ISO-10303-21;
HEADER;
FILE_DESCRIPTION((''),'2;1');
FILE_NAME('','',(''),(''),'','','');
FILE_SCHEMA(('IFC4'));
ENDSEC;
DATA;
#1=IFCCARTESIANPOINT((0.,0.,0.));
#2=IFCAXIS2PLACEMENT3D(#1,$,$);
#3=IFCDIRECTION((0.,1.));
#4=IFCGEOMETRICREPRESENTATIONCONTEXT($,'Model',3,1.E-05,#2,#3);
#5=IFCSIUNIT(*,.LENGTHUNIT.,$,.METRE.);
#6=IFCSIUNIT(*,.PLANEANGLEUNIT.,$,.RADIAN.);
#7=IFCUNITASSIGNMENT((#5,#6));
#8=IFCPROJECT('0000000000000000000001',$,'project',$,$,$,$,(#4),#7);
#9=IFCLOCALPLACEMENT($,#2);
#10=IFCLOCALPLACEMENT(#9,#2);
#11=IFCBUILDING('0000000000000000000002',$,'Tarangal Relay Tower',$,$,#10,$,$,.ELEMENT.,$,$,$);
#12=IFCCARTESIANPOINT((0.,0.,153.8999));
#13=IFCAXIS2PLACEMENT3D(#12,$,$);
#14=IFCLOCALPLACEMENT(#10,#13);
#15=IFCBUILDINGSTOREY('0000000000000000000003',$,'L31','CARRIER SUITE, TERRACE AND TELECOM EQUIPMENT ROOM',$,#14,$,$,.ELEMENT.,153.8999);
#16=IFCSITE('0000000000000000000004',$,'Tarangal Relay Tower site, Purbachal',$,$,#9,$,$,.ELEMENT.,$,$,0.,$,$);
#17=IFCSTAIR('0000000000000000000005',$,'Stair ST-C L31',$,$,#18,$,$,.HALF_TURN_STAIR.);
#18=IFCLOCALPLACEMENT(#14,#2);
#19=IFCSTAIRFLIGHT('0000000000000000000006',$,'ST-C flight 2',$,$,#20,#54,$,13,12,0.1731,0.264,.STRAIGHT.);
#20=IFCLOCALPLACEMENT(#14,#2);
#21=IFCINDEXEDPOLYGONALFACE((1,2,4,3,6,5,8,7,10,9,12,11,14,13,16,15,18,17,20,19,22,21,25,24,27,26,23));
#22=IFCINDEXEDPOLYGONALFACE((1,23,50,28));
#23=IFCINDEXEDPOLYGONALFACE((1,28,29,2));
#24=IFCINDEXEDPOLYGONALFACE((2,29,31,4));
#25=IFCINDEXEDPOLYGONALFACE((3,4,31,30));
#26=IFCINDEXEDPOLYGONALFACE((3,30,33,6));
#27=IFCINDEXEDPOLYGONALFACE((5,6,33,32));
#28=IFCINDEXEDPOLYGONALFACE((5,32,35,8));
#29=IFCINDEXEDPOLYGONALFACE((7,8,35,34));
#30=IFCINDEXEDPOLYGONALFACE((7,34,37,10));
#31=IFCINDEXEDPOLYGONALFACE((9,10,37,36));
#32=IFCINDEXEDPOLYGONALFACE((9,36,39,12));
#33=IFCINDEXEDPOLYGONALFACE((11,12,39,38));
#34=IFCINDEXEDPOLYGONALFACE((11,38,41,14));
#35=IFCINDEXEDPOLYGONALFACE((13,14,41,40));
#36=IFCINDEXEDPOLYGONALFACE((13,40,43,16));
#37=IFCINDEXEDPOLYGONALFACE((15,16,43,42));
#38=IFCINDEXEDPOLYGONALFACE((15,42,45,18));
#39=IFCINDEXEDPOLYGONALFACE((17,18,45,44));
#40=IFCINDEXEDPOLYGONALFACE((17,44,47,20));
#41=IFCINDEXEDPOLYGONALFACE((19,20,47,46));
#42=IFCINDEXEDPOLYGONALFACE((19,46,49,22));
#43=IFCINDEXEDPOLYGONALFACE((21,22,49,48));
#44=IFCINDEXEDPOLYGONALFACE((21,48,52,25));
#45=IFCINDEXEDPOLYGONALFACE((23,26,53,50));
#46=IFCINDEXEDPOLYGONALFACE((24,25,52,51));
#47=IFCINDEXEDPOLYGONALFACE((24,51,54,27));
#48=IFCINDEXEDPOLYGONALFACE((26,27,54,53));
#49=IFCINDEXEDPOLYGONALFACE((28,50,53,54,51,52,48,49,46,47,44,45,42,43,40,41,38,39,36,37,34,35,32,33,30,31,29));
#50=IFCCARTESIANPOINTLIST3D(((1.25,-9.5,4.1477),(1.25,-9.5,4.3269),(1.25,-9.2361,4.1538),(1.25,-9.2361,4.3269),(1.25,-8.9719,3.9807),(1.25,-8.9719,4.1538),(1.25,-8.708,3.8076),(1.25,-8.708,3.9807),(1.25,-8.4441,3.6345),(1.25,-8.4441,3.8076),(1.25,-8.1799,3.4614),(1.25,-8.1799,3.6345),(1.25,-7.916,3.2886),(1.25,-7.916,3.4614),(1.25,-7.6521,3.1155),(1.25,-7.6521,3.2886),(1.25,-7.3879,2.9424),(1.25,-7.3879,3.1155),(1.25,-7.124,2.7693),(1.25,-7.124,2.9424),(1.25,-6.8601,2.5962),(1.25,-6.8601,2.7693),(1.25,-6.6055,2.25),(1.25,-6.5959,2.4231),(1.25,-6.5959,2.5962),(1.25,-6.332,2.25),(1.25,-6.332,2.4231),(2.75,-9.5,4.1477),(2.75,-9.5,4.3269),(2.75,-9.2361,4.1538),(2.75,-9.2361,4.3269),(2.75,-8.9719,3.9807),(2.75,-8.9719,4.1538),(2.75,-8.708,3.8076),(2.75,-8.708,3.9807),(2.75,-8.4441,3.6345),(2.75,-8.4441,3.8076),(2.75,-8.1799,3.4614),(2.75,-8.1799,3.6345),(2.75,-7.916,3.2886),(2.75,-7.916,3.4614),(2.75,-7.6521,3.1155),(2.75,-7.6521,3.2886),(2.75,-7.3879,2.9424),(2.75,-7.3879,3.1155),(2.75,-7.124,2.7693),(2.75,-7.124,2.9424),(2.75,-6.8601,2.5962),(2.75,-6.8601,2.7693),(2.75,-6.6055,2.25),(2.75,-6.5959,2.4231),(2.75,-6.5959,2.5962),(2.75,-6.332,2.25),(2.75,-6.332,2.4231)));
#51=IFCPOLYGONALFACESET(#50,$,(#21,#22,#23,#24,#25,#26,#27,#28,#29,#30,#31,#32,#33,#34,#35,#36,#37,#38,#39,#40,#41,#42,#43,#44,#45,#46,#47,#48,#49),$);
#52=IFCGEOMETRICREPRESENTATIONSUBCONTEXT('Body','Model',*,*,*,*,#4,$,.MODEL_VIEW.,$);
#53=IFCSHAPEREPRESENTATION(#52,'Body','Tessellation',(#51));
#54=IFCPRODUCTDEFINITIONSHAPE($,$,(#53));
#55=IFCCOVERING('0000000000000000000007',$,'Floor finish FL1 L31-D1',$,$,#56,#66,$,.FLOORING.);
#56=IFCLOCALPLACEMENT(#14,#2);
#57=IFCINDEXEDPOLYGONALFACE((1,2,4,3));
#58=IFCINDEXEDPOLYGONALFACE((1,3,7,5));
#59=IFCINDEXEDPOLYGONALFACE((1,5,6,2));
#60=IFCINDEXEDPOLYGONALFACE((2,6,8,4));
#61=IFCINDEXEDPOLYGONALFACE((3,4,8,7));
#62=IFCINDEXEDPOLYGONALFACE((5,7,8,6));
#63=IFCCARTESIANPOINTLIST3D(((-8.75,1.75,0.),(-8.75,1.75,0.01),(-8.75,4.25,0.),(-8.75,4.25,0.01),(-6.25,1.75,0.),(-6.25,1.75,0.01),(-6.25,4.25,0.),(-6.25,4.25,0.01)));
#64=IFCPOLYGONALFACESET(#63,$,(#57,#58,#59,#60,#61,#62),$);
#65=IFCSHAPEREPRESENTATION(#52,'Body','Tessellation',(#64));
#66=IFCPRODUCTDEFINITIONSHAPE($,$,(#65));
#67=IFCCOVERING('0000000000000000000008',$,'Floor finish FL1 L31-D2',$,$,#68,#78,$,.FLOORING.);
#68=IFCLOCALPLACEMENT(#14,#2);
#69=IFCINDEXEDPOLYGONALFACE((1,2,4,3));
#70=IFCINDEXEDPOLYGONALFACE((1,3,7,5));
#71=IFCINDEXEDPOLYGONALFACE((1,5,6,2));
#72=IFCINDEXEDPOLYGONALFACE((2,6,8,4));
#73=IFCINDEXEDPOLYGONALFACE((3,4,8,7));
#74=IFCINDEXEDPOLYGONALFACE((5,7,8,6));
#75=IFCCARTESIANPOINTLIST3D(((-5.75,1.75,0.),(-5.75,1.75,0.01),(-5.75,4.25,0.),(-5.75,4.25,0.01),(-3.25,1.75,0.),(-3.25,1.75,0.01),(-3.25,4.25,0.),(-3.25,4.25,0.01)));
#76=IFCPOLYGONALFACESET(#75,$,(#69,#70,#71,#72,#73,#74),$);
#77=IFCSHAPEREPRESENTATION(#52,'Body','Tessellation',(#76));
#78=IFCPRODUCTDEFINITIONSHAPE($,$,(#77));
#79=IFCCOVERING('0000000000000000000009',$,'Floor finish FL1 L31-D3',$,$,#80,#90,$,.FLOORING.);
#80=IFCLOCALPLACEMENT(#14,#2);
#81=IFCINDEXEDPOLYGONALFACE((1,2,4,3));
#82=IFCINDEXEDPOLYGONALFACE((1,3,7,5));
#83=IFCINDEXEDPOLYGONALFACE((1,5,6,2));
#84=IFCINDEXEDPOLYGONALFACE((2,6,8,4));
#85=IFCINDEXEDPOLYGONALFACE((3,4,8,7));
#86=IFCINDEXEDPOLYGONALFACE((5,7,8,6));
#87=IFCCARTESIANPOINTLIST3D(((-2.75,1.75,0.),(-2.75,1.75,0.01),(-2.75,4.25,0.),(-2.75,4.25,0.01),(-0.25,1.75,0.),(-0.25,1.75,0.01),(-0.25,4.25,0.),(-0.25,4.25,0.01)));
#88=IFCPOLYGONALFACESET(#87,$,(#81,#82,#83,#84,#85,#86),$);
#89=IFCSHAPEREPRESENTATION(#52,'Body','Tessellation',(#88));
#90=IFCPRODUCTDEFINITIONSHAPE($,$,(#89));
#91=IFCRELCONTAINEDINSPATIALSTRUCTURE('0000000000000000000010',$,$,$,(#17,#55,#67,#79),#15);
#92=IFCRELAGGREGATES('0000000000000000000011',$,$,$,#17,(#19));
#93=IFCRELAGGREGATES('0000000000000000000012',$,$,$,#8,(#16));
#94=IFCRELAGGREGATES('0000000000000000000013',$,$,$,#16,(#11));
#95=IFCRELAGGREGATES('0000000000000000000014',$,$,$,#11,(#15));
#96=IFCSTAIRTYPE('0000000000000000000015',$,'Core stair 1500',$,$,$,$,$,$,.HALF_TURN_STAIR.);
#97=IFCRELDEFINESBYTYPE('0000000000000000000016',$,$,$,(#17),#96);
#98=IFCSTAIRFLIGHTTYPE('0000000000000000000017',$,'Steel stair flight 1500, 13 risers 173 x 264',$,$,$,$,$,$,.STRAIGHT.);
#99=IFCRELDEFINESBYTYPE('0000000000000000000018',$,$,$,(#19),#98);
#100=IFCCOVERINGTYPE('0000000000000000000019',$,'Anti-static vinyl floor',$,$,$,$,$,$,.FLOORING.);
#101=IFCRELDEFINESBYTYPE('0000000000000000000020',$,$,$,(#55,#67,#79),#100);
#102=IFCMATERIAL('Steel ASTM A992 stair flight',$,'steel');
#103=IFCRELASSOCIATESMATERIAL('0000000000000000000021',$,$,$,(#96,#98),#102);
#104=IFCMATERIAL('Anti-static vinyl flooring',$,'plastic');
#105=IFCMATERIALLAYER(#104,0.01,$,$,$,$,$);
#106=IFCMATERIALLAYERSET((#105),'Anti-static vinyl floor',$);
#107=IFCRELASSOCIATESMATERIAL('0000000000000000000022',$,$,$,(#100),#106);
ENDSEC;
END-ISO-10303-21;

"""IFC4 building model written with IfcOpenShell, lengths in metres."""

from ifc_helpers import new_model, si_unit, direction, frame, origin, place, context, subcontext, project, spatial, polyline, outline, extrude, material, layer, layer_set, type_object, element, aggregate, save


model = new_model("IFC4")

# Units and contexts
model_context = context("Model", 3, precision=1e-05, world=origin(), true_north=direction((0.0, 1.0)))
body_context = subcontext(model_context, "Body", "Model", "MODEL_VIEW")
ifc_project = project(units=[si_unit("LENGTHUNIT", "METRE"), si_unit("PLANEANGLEUNIT", "RADIAN")], contexts=[model_context])

# Site, building, storey
site_placement = place(None, origin())
site = spatial("IfcSite", under=ifc_project, at=site_placement, Name="Tarangal Relay Tower site, Purbachal", CompositionType="ELEMENT", RefElevation=0.0)
building_placement = place(site_placement, origin())
building = spatial("IfcBuilding", under=site, at=building_placement, Name="Tarangal Relay Tower", CompositionType="ELEMENT")
storey_placement = place(building_placement, frame((0.0, 0.0, 153.8999)))
storey = spatial("IfcBuildingStorey", under=building, at=storey_placement, Name="L31", Description="CARRIER SUITE, TERRACE AND TELECOM EQUIPMENT ROOM", CompositionType="ELEMENT", Elevation=153.8999)

# Shared definitions
ifc_material_1 = material(Name="Steel ASTM A992 stair flight", Category="steel")
stair_type = type_object("IfcStairType", Name="Core stair 1500", PredefinedType="HALF_TURN_STAIR", material=ifc_material_1)

# Stair, stair flight
stair_1_placement = place(storey_placement, origin())
stair_1 = element("IfcStair", 1, at=stair_1_placement, inside=storey, type_object=stair_type, Name="Stair ST-C L31", PredefinedType="HALF_TURN_STAIR")
stair_flight_type = type_object("IfcStairFlightType", Name="Steel stair flight 1500, 13 risers 173 x 264", PredefinedType="STRAIGHT", material=ifc_material_1)
stair_flight_placement = place(storey_placement, frame((2.0, -6.332, 2.25), z_axis=(0.0, 0.0, 1.0), x_axis=(0.0, -1.0, 0.0)))
stair_flight = element("IfcStairFlight", 2, at=stair_flight_placement, type_object=stair_flight_type, Name="ST-C flight 2", NumberOfRisers=13, NumberOfTreads=12, PredefinedType="STRAIGHT", RiserHeight=0.1731, TreadLength=0.264, context=body_context, shape_type="SweptSolid", body=[
    extrude(outline(polyline([(0.0, 0.0), (0.0, 0.1731), (0.2639, 0.1731), (0.2639, 0.3462), (0.5281, 0.3462), (0.5281, 0.5193), (0.792, 0.5193), (0.792, 0.6924), (1.0559, 0.6924), (1.0559, 0.8655), (1.3201, 0.8655), (1.3201, 1.0386), (1.584, 1.0386), (1.584, 1.2114), (1.8479, 1.2114), (1.8479, 1.3845), (2.1121, 1.3845), (2.1121, 1.5576), (2.376, 1.5576), (2.376, 1.7307), (2.6399, 1.7307), (2.6399, 1.9038), (2.9041, 1.9038), (2.9041, 2.0769), (3.168, 2.0769), (3.168, 2.25), (3.168, 1.8977), (0.2734, 0.0), (0.0, 0.0)])), frame((0.0, 0.75, 0.0), z_axis=(0.0, -1.0, 0.0), x_axis=(1.0, 0.0, 0.0)), (0.0, 0.0, 1.0), 1.5),
])
aggregate(stair_1, [stair_flight])

# Coverings
ifc_material_2 = material(Name="Anti-static vinyl flooring", Category="plastic")
ifc_layer_1 = layer(ifc_material_2, 0.01)
ifc_layer_set_1 = layer_set([ifc_layer_1], Name="Anti-static vinyl floor")
covering_type_1 = type_object("IfcCoveringType", Name="Anti-static vinyl floor", PredefinedType="FLOORING", material=ifc_layer_set_1)
covering_1_placement = place(storey_placement, origin())
element("IfcCovering", 3, at=covering_1_placement, inside=storey, type_object=covering_type_1, Name="Floor finish FL1 L31-D1", PredefinedType="FLOORING", context=body_context, shape_type="SweptSolid", body=[
    extrude(outline(polyline([(-8.75, 1.75), (-6.25, 1.75), (-6.25, 4.25), (-8.75, 4.25), (-8.75, 1.75)])), origin(), (0.0, 0.0, 1.0), 0.01),
])
covering_2_placement = place(storey_placement, origin())
element("IfcCovering", 4, at=covering_2_placement, inside=storey, type_object=covering_type_1, Name="Floor finish FL1 L31-D2", PredefinedType="FLOORING", context=body_context, shape_type="SweptSolid", body=[
    extrude(outline(polyline([(-5.75, 1.75), (-3.25, 1.75), (-3.25, 4.25), (-5.75, 4.25), (-5.75, 1.75)])), origin(), (0.0, 0.0, 1.0), 0.01),
])
covering_3_placement = place(storey_placement, origin())
element("IfcCovering", 5, at=covering_3_placement, inside=storey, type_object=covering_type_1, Name="Floor finish FL1 L31-D3", PredefinedType="FLOORING", context=body_context, shape_type="SweptSolid", body=[
    extrude(outline(polyline([(-2.75, 1.75), (-0.25, 1.75), (-0.25, 4.25), (-2.75, 4.25), (-2.75, 1.75)])), origin(), (0.0, 0.0, 1.0), 0.01),
])

save(model, "model.ifc")
